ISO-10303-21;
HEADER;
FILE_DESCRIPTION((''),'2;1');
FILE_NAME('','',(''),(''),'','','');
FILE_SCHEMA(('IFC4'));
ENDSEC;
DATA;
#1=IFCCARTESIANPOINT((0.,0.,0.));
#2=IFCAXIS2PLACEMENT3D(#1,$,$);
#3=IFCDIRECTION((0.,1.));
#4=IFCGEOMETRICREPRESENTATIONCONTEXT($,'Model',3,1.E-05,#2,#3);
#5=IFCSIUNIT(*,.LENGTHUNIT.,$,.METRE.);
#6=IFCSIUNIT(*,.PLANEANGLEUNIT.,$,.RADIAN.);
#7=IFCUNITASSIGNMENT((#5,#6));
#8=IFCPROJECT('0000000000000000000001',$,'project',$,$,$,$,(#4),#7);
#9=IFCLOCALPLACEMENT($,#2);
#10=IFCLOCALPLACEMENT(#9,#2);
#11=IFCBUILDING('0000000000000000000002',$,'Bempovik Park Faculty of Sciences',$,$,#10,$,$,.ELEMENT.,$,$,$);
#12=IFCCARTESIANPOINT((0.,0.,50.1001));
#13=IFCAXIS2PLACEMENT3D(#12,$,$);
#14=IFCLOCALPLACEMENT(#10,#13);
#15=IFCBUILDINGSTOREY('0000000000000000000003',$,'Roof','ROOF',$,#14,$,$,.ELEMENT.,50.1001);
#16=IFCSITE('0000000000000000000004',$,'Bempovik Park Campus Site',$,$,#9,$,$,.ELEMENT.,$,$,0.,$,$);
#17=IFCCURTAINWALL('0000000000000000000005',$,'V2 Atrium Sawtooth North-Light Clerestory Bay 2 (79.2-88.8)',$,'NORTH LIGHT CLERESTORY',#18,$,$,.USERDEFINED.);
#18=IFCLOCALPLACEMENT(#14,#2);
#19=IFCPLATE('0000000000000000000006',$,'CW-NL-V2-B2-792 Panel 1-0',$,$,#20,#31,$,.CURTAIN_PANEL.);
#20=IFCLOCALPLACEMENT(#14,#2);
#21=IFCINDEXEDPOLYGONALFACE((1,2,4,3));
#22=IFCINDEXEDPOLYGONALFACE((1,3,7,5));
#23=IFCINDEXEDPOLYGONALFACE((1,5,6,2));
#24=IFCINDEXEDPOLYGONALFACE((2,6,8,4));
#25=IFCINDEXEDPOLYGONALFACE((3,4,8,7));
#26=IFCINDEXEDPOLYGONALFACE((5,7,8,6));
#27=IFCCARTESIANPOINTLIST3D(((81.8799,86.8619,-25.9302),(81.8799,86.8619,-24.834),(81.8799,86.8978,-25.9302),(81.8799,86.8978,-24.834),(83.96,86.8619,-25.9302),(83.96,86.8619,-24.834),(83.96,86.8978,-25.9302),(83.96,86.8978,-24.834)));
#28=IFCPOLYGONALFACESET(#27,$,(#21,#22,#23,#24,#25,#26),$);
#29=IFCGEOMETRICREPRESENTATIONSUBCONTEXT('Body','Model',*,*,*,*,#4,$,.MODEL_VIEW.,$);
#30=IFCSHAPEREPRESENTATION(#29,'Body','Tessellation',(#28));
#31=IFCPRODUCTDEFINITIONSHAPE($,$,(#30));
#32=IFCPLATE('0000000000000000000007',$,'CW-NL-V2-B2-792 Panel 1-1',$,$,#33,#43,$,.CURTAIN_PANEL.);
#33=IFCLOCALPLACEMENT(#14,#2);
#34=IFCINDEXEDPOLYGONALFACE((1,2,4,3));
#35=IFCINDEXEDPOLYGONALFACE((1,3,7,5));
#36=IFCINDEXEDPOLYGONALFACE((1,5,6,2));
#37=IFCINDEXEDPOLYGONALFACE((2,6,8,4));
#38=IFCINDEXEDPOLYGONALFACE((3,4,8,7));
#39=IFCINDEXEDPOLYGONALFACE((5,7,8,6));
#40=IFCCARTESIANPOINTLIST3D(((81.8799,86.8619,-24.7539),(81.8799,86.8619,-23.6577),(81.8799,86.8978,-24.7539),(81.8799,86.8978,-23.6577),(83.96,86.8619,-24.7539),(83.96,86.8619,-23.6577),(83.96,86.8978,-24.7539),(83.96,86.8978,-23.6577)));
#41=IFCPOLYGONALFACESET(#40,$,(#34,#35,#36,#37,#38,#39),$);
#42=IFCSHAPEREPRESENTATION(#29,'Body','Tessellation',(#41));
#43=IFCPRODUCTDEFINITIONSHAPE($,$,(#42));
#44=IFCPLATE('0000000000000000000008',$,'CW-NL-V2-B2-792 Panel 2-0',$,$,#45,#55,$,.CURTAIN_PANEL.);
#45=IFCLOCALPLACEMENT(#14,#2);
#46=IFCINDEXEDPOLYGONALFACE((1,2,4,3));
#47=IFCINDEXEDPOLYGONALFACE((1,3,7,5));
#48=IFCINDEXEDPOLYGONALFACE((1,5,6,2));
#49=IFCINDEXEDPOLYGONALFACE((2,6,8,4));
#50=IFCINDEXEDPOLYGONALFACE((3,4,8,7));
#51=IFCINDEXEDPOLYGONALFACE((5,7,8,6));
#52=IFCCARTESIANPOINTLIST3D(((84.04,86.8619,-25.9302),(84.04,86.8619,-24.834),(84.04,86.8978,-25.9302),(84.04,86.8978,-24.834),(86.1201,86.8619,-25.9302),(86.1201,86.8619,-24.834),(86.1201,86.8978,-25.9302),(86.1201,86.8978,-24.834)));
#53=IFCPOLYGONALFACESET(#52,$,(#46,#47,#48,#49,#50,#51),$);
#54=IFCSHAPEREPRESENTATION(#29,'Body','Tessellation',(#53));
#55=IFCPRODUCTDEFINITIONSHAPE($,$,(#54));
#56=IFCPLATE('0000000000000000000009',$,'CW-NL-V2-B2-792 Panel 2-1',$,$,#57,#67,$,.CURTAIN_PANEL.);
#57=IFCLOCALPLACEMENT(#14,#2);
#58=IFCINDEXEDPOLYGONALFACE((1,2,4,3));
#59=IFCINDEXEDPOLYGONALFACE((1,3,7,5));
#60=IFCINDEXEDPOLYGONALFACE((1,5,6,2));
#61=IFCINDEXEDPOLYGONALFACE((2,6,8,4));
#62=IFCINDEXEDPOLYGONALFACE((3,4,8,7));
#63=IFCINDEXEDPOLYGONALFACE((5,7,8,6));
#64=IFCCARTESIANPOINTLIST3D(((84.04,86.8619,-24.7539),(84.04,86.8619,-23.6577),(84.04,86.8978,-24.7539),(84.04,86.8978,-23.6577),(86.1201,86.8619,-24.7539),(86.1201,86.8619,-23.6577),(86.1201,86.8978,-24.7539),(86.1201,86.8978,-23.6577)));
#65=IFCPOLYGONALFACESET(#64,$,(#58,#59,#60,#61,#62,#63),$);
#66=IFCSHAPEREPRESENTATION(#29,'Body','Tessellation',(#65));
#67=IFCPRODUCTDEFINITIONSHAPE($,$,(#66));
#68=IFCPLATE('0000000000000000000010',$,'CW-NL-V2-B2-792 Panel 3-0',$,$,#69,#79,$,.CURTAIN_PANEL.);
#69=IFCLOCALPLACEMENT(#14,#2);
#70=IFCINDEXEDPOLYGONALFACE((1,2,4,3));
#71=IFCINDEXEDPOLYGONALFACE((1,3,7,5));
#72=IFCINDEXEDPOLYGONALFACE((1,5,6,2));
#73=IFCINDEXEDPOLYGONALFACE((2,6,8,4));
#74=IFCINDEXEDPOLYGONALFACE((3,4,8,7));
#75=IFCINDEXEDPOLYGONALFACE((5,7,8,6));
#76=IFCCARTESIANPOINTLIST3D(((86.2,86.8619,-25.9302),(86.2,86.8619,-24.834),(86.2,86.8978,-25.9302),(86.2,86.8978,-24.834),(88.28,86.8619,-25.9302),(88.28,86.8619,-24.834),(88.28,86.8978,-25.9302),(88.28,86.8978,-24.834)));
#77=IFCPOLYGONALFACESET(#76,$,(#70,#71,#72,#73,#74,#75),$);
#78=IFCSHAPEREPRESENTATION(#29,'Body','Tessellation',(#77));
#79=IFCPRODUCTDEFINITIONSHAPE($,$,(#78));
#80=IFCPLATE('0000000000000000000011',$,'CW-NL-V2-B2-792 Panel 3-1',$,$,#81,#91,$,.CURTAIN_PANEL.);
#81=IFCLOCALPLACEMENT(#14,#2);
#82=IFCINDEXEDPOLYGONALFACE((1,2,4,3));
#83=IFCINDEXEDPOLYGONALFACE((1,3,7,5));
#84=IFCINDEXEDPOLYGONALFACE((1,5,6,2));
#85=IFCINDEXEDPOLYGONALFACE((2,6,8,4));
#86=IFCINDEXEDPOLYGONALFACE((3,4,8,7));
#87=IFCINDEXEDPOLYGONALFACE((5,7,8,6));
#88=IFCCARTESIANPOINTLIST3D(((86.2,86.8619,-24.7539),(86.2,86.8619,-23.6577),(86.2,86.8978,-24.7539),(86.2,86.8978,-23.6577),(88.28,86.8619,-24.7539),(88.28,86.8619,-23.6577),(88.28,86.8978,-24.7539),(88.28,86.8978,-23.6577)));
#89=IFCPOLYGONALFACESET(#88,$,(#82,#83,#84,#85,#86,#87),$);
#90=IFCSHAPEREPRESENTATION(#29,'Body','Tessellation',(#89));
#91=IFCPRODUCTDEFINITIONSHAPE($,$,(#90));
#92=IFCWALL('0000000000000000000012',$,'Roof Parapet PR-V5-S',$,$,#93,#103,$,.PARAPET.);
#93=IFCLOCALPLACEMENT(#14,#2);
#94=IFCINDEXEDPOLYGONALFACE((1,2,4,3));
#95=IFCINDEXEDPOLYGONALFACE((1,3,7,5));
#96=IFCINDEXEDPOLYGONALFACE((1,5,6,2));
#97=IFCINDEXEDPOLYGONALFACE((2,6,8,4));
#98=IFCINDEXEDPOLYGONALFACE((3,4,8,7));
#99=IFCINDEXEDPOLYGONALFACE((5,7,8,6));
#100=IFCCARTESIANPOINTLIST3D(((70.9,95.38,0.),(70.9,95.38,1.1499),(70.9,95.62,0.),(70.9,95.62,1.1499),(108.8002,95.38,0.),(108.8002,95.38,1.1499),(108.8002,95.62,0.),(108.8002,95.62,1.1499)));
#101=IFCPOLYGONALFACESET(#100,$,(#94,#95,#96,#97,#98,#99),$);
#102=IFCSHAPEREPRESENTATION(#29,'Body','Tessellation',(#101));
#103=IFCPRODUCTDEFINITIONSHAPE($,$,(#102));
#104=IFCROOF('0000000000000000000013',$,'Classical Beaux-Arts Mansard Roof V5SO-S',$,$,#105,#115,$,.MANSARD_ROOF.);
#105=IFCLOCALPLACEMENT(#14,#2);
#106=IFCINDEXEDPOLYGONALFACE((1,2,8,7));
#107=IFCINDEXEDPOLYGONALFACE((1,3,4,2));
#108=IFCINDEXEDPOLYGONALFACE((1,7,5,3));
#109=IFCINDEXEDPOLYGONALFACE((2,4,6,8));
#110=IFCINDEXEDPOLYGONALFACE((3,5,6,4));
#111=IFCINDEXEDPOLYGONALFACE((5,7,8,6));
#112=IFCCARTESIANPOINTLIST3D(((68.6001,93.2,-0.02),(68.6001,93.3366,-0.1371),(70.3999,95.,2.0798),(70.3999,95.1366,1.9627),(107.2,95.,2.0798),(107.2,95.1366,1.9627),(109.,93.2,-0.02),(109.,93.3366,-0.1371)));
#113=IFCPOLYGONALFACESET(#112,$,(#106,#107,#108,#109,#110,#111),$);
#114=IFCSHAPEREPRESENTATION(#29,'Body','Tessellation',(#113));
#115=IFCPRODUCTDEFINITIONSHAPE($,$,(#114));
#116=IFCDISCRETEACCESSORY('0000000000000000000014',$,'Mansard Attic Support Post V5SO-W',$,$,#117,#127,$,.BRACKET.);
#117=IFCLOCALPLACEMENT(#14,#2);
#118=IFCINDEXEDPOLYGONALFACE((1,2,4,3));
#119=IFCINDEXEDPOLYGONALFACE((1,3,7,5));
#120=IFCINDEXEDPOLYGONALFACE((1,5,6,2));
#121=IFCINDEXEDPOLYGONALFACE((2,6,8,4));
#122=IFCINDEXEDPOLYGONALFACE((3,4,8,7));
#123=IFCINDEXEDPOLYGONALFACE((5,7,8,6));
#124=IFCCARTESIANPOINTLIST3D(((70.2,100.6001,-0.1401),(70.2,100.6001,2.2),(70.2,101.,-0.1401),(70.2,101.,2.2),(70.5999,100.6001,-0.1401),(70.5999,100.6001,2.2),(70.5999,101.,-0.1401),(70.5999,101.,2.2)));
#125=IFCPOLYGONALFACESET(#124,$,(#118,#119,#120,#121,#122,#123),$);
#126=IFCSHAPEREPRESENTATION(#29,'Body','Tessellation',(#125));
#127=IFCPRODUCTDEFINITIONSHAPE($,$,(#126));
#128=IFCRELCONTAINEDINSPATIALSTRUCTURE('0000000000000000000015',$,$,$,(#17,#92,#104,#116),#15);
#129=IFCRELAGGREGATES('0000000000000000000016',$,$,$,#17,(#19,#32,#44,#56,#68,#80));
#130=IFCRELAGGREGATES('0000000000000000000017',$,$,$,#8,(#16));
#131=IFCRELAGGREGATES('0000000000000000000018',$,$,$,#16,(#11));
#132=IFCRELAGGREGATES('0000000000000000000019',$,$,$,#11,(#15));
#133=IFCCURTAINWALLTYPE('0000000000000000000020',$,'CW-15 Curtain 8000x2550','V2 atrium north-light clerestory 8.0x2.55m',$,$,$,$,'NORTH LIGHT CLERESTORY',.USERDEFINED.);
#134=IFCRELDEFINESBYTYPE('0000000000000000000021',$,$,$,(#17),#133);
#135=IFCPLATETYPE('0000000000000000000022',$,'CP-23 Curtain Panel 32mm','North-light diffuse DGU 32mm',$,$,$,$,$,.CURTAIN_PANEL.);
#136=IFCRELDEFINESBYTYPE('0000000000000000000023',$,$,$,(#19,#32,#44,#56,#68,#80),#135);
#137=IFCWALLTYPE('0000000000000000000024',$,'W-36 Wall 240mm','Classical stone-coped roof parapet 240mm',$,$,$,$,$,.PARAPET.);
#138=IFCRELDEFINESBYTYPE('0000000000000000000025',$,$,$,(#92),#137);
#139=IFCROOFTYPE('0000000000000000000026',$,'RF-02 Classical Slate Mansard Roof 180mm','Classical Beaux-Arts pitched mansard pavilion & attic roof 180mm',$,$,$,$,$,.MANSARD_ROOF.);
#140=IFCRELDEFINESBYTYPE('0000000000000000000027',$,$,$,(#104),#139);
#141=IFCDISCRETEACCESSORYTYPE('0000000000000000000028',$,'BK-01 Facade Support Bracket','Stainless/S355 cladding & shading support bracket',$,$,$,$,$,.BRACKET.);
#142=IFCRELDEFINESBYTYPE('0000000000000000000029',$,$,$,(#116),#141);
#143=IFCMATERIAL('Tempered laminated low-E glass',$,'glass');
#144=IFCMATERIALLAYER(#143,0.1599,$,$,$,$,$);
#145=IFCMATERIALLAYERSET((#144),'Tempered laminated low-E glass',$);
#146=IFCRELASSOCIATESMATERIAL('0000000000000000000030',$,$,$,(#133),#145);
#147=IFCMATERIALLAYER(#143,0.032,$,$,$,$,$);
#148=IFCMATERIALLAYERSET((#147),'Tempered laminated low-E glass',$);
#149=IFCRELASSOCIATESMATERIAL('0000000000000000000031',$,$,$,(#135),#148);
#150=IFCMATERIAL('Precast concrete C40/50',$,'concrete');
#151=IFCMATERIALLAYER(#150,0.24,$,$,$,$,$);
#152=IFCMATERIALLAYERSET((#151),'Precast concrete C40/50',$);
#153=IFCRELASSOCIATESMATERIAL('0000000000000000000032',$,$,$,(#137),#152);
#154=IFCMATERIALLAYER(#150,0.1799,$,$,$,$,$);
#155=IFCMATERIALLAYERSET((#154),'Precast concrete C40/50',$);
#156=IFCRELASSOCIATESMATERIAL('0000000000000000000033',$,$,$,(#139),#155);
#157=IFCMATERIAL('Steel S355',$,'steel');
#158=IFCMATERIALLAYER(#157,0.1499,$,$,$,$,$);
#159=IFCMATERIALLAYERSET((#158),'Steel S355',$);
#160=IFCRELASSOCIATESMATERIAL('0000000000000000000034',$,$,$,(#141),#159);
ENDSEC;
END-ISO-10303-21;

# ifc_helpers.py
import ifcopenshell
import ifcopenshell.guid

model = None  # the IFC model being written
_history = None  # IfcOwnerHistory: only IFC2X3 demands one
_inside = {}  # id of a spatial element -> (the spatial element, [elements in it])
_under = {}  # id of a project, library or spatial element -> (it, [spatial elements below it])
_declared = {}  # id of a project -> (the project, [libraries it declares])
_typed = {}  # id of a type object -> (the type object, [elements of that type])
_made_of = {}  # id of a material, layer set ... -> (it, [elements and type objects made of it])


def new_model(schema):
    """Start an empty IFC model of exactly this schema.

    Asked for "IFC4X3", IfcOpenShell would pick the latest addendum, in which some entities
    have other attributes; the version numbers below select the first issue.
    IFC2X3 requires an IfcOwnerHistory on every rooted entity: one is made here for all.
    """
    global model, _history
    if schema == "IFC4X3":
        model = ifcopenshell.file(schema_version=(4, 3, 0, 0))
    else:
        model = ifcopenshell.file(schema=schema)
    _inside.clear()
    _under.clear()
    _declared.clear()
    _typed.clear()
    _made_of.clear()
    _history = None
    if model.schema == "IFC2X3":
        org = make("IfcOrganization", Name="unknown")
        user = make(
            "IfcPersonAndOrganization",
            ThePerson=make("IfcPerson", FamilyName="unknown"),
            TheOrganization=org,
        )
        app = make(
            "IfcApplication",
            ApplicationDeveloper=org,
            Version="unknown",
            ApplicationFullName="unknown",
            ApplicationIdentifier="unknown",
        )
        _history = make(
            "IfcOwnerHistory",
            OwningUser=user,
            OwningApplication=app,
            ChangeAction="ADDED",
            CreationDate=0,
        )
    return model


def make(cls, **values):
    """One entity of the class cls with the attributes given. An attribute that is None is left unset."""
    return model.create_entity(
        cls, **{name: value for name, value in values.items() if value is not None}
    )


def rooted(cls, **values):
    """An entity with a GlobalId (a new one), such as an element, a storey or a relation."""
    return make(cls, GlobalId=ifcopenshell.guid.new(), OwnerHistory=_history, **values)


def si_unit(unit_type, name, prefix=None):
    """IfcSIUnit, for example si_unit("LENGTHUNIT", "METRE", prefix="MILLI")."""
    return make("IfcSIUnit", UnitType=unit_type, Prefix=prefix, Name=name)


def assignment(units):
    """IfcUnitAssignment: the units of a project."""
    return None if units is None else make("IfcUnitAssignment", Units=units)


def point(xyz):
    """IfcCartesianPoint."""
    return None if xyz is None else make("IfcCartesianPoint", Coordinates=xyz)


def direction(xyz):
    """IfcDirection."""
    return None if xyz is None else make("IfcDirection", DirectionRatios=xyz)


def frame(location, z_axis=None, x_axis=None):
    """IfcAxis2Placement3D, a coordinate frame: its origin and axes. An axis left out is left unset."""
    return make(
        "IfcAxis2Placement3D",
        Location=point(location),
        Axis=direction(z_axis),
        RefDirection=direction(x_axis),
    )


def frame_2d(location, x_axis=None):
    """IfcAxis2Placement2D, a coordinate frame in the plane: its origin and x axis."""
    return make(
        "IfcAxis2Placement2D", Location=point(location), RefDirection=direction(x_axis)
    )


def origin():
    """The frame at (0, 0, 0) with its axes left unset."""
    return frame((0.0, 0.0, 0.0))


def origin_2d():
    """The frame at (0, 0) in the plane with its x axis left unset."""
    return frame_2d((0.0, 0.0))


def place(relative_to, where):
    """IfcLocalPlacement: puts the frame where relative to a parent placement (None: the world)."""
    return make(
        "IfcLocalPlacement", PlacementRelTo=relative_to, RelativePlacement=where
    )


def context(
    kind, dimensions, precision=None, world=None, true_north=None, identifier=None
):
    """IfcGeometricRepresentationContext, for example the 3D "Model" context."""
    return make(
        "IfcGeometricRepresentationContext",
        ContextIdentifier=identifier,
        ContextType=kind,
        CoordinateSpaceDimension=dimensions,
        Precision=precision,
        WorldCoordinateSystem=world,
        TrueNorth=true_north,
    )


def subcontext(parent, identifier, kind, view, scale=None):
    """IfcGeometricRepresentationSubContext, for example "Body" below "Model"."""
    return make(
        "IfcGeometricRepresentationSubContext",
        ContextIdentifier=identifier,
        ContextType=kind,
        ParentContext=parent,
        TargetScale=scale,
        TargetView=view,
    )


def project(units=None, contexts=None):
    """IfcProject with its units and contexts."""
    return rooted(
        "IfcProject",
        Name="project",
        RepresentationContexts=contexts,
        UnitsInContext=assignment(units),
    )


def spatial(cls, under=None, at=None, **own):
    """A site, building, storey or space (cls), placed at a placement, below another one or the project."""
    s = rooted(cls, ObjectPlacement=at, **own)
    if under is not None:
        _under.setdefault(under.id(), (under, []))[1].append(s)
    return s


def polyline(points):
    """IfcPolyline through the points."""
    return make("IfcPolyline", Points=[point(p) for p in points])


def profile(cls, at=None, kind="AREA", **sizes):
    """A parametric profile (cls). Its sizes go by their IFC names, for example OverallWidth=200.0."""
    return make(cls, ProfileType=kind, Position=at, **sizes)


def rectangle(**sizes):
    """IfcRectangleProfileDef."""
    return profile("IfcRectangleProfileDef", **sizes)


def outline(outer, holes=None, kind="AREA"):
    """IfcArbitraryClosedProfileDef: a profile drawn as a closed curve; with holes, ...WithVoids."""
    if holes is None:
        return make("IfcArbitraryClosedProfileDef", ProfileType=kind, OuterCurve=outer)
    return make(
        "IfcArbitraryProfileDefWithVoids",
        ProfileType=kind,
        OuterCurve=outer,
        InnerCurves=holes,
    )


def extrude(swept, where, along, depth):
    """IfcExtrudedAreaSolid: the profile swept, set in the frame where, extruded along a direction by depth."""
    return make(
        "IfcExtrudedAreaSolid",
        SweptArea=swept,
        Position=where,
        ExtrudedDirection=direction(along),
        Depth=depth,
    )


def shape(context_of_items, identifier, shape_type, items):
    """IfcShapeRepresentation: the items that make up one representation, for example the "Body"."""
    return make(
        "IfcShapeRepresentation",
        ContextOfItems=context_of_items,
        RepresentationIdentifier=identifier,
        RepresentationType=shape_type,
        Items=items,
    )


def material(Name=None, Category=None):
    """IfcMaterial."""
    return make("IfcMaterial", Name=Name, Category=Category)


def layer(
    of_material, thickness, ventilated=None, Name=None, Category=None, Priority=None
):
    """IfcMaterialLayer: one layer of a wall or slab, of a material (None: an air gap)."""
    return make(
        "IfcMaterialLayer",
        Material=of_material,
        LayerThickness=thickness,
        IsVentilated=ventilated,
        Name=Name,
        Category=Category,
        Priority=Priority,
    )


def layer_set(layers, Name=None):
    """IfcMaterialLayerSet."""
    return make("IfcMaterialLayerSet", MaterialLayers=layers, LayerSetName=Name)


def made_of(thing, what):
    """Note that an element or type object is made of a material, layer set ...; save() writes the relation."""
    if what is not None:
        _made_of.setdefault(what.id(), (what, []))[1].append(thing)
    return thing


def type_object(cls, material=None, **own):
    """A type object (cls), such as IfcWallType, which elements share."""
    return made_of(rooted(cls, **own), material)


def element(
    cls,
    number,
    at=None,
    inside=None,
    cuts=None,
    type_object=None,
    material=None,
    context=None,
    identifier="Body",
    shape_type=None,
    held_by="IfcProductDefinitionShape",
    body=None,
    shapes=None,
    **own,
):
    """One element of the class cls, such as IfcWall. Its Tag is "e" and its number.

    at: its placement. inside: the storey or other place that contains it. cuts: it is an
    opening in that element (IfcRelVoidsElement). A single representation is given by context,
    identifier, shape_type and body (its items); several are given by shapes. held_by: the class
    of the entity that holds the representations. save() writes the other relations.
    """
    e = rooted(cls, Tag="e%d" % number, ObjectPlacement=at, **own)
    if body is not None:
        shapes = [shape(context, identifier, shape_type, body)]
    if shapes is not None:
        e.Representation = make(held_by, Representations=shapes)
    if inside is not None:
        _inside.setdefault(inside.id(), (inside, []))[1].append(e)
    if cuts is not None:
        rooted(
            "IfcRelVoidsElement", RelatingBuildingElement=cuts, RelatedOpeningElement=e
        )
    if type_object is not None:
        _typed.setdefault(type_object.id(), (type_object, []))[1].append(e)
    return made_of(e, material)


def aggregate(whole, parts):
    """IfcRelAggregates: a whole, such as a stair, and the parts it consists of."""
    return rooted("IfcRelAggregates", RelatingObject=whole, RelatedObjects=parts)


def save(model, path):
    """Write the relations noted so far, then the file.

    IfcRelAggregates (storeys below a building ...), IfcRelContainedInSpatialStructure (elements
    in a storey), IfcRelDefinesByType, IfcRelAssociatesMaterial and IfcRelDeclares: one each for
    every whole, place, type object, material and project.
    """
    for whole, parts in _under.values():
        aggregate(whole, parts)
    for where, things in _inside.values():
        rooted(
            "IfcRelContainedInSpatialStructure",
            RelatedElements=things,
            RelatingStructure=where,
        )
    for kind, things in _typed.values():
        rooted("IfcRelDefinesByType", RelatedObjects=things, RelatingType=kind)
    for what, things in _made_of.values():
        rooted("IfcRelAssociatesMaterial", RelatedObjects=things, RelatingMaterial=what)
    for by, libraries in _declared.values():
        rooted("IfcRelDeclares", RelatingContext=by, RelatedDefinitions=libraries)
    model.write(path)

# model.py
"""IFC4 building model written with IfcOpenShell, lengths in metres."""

from ifc_helpers import new_model, si_unit, direction, frame, frame_2d, origin, origin_2d, place, context, subcontext, project, spatial, polyline, rectangle, outline, extrude, material, layer, layer_set, type_object, element, aggregate, save


model = new_model("IFC4")

# Units and contexts
model_context = context("Model", 3, precision=1e-05, world=origin(), true_north=direction((0.0, 1.0)))
body_context = subcontext(model_context, "Body", "Model", "MODEL_VIEW")
ifc_project = project(units=[si_unit("LENGTHUNIT", "METRE"), si_unit("PLANEANGLEUNIT", "RADIAN")], contexts=[model_context])

# Site, building, storey
site_placement = place(None, origin())
site = spatial("IfcSite", under=ifc_project, at=site_placement, Name="Bempovik Park Campus Site", CompositionType="ELEMENT", RefElevation=0.0)
building_placement = place(site_placement, origin())
building = spatial("IfcBuilding", under=site, at=building_placement, Name="Bempovik Park Faculty of Sciences", CompositionType="ELEMENT")
storey_placement = place(building_placement, frame((0.0, 0.0, 50.1001)))
storey = spatial("IfcBuildingStorey", under=building, at=storey_placement, Name="Roof", Description="ROOF", CompositionType="ELEMENT", Elevation=50.1001)

# Curtain wall
ifc_material_1 = material(Name="Tempered laminated low-E glass", Category="glass")
ifc_layer_1 = layer(ifc_material_1, 0.1599)
ifc_layer_set_1 = layer_set([ifc_layer_1], Name="Tempered laminated low-E glass")
curtain_wall_type = type_object("IfcCurtainWallType", Name="CW-15 Curtain 8000x2550", Description="V2 atrium north-light clerestory 8.0x2.55m", ElementType="NORTH LIGHT CLERESTORY", PredefinedType="USERDEFINED", material=ifc_layer_set_1)
curtain_wall_1_placement = place(storey_placement, origin())
curtain_wall_1 = element("IfcCurtainWall", 1, at=curtain_wall_1_placement, inside=storey, type_object=curtain_wall_type, Name="V2 Atrium Sawtooth North-Light Clerestory Bay 2 (79.2-88.8)", ObjectType="NORTH LIGHT CLERESTORY", PredefinedType="USERDEFINED")

# Plates
ifc_layer_2 = layer(ifc_material_1, 0.032)
ifc_layer_set_2 = layer_set([ifc_layer_2], Name="Tempered laminated low-E glass")
plate_type = type_object("IfcPlateType", Name="CP-23 Curtain Panel 32mm", Description="North-light diffuse DGU 32mm", PredefinedType="CURTAIN_PANEL", material=ifc_layer_set_2)
plate_1_placement = place(storey_placement, frame((82.9199, 86.8799, -25.9302), z_axis=(0.0, 0.0, 1.0), x_axis=(1.0, 0.0, 0.0)))
plate_1 = element("IfcPlate", 2, at=plate_1_placement, type_object=plate_type, Name="CW-NL-V2-B2-792 Panel 1-0", PredefinedType="CURTAIN_PANEL", context=body_context, shape_type="SweptSolid", body=[
    extrude(rectangle(XDim=2.0801, YDim=0.0359, at=origin_2d()), origin(), (0.0, 0.0, 1.0), 1.0962),
])
plate_2_placement = place(storey_placement, frame((82.9199, 86.8799, -24.7539), z_axis=(0.0, 0.0, 1.0), x_axis=(1.0, 0.0, 0.0)))
plate_2 = element("IfcPlate", 3, at=plate_2_placement, type_object=plate_type, Name="CW-NL-V2-B2-792 Panel 1-1", PredefinedType="CURTAIN_PANEL", context=body_context, shape_type="SweptSolid", body=[
    extrude(rectangle(XDim=2.0801, YDim=0.0359, at=origin_2d()), origin(), (0.0, 0.0, 1.0), 1.0962),
])
plate_3_placement = place(storey_placement, frame((85.0801, 86.8799, -25.9302), z_axis=(0.0, 0.0, 1.0), x_axis=(1.0, 0.0, 0.0)))
plate_3 = element("IfcPlate", 4, at=plate_3_placement, type_object=plate_type, Name="CW-NL-V2-B2-792 Panel 2-0", PredefinedType="CURTAIN_PANEL", context=body_context, shape_type="SweptSolid", body=[
    extrude(rectangle(XDim=2.0801, YDim=0.0359, at=origin_2d()), origin(), (0.0, 0.0, 1.0), 1.0962),
])
plate_4_placement = place(storey_placement, frame((85.0801, 86.8799, -24.7539), z_axis=(0.0, 0.0, 1.0), x_axis=(1.0, 0.0, 0.0)))
plate_4 = element("IfcPlate", 5, at=plate_4_placement, type_object=plate_type, Name="CW-NL-V2-B2-792 Panel 2-1", PredefinedType="CURTAIN_PANEL", context=body_context, shape_type="SweptSolid", body=[
    extrude(rectangle(XDim=2.0801, YDim=0.0359, at=origin_2d()), origin(), (0.0, 0.0, 1.0), 1.0962),
])
plate_5_placement = place(storey_placement, frame((87.24, 86.8799, -25.9302), z_axis=(0.0, 0.0, 1.0), x_axis=(1.0, 0.0, 0.0)))
plate_5 = element("IfcPlate", 6, at=plate_5_placement, type_object=plate_type, Name="CW-NL-V2-B2-792 Panel 3-0", PredefinedType="CURTAIN_PANEL", context=body_context, shape_type="SweptSolid", body=[
    extrude(rectangle(XDim=2.0801, YDim=0.0359, at=origin_2d()), origin(), (0.0, 0.0, 1.0), 1.0962),
])
plate_6_placement = place(storey_placement, frame((87.24, 86.8799, -24.7539), z_axis=(0.0, 0.0, 1.0), x_axis=(1.0, 0.0, 0.0)))
plate_6 = element("IfcPlate", 7, at=plate_6_placement, type_object=plate_type, Name="CW-NL-V2-B2-792 Panel 3-1", PredefinedType="CURTAIN_PANEL", context=body_context, shape_type="SweptSolid", body=[
    extrude(rectangle(XDim=2.0801, YDim=0.0359, at=origin_2d()), origin(), (0.0, 0.0, 1.0), 1.0962),
])
aggregate(curtain_wall_1, [plate_1, plate_2, plate_3, plate_4, plate_5, plate_6])

# Wall
ifc_material_2 = material(Name="Precast concrete C40/50", Category="concrete")
ifc_layer_3 = layer(ifc_material_2, 0.24)
ifc_layer_set_3 = layer_set([ifc_layer_3], Name="Precast concrete C40/50")
wall_type = type_object("IfcWallType", Name="W-36 Wall 240mm", Description="Classical stone-coped roof parapet 240mm", PredefinedType="PARAPET", material=ifc_layer_set_3)
wall_placement = place(storey_placement, frame((70.8999, 95.5, 0.0), z_axis=(0.0, 0.0, 1.0), x_axis=(1.0, 0.0, 0.0)))
element("IfcWall", 8, at=wall_placement, inside=storey, type_object=wall_type, Name="Roof Parapet PR-V5-S", PredefinedType="PARAPET", context=body_context, shape_type="SweptSolid", body=[
    extrude(rectangle(XDim=37.9001, YDim=0.24, at=frame_2d((18.9502, 0.0))), origin(), (0.0, 0.0, 1.0), 1.1499),
])

# Roof
ifc_layer_4 = layer(ifc_material_2, 0.1799)
ifc_layer_set_4 = layer_set([ifc_layer_4], Name="Precast concrete C40/50")
roof_type = type_object("IfcRoofType", Name="RF-02 Classical Slate Mansard Roof 180mm", Description="Classical Beaux-Arts pitched mansard pavilion & attic roof 180mm", PredefinedType="MANSARD_ROOF", material=ifc_layer_set_4)
roof_placement = place(storey_placement, frame((68.6001, 93.2, -0.02), z_axis=(0.0, -0.759225, 0.650828), x_axis=(1.0, 0.0, 0.0)))
element("IfcRoof", 9, at=roof_placement, inside=storey, type_object=roof_type, Name="Classical Beaux-Arts Mansard Roof V5SO-S", PredefinedType="MANSARD_ROOF", context=body_context, shape_type="SweptSolid", body=[
    extrude(outline(polyline([(0.0, 0.0), (40.3999, 0.0), (38.5999, 2.7658), (1.7998, 2.7658), (0.0, 0.0)])), origin(), (0.0, 0.0, -1.0), 0.1799),
])

# Discrete accessory
ifc_material_3 = material(Name="Steel S355", Category="steel")
ifc_layer_5 = layer(ifc_material_3, 0.1499)
ifc_layer_set_5 = layer_set([ifc_layer_5], Name="Steel S355")
discrete_accessory_type = type_object("IfcDiscreteAccessoryType", Name="BK-01 Facade Support Bracket", Description="Stainless/S355 cladding & shading support bracket", PredefinedType="BRACKET", material=ifc_layer_set_5)
discrete_accessory_placement = place(storey_placement, frame((70.3999, 100.8, -0.1401), z_axis=(0.0, 0.0, 1.0), x_axis=(1.0, 0.0, 0.0)))
element("IfcDiscreteAccessory", 10, at=discrete_accessory_placement, inside=storey, type_object=discrete_accessory_type, Name="Mansard Attic Support Post V5SO-W", PredefinedType="BRACKET", context=body_context, shape_type="SweptSolid", body=[
    extrude(rectangle(XDim=0.3999, YDim=0.3999, at=origin_2d()), origin(), (0.0, 0.0, 1.0), 2.3401),
])

save(model, "model.ifc")
